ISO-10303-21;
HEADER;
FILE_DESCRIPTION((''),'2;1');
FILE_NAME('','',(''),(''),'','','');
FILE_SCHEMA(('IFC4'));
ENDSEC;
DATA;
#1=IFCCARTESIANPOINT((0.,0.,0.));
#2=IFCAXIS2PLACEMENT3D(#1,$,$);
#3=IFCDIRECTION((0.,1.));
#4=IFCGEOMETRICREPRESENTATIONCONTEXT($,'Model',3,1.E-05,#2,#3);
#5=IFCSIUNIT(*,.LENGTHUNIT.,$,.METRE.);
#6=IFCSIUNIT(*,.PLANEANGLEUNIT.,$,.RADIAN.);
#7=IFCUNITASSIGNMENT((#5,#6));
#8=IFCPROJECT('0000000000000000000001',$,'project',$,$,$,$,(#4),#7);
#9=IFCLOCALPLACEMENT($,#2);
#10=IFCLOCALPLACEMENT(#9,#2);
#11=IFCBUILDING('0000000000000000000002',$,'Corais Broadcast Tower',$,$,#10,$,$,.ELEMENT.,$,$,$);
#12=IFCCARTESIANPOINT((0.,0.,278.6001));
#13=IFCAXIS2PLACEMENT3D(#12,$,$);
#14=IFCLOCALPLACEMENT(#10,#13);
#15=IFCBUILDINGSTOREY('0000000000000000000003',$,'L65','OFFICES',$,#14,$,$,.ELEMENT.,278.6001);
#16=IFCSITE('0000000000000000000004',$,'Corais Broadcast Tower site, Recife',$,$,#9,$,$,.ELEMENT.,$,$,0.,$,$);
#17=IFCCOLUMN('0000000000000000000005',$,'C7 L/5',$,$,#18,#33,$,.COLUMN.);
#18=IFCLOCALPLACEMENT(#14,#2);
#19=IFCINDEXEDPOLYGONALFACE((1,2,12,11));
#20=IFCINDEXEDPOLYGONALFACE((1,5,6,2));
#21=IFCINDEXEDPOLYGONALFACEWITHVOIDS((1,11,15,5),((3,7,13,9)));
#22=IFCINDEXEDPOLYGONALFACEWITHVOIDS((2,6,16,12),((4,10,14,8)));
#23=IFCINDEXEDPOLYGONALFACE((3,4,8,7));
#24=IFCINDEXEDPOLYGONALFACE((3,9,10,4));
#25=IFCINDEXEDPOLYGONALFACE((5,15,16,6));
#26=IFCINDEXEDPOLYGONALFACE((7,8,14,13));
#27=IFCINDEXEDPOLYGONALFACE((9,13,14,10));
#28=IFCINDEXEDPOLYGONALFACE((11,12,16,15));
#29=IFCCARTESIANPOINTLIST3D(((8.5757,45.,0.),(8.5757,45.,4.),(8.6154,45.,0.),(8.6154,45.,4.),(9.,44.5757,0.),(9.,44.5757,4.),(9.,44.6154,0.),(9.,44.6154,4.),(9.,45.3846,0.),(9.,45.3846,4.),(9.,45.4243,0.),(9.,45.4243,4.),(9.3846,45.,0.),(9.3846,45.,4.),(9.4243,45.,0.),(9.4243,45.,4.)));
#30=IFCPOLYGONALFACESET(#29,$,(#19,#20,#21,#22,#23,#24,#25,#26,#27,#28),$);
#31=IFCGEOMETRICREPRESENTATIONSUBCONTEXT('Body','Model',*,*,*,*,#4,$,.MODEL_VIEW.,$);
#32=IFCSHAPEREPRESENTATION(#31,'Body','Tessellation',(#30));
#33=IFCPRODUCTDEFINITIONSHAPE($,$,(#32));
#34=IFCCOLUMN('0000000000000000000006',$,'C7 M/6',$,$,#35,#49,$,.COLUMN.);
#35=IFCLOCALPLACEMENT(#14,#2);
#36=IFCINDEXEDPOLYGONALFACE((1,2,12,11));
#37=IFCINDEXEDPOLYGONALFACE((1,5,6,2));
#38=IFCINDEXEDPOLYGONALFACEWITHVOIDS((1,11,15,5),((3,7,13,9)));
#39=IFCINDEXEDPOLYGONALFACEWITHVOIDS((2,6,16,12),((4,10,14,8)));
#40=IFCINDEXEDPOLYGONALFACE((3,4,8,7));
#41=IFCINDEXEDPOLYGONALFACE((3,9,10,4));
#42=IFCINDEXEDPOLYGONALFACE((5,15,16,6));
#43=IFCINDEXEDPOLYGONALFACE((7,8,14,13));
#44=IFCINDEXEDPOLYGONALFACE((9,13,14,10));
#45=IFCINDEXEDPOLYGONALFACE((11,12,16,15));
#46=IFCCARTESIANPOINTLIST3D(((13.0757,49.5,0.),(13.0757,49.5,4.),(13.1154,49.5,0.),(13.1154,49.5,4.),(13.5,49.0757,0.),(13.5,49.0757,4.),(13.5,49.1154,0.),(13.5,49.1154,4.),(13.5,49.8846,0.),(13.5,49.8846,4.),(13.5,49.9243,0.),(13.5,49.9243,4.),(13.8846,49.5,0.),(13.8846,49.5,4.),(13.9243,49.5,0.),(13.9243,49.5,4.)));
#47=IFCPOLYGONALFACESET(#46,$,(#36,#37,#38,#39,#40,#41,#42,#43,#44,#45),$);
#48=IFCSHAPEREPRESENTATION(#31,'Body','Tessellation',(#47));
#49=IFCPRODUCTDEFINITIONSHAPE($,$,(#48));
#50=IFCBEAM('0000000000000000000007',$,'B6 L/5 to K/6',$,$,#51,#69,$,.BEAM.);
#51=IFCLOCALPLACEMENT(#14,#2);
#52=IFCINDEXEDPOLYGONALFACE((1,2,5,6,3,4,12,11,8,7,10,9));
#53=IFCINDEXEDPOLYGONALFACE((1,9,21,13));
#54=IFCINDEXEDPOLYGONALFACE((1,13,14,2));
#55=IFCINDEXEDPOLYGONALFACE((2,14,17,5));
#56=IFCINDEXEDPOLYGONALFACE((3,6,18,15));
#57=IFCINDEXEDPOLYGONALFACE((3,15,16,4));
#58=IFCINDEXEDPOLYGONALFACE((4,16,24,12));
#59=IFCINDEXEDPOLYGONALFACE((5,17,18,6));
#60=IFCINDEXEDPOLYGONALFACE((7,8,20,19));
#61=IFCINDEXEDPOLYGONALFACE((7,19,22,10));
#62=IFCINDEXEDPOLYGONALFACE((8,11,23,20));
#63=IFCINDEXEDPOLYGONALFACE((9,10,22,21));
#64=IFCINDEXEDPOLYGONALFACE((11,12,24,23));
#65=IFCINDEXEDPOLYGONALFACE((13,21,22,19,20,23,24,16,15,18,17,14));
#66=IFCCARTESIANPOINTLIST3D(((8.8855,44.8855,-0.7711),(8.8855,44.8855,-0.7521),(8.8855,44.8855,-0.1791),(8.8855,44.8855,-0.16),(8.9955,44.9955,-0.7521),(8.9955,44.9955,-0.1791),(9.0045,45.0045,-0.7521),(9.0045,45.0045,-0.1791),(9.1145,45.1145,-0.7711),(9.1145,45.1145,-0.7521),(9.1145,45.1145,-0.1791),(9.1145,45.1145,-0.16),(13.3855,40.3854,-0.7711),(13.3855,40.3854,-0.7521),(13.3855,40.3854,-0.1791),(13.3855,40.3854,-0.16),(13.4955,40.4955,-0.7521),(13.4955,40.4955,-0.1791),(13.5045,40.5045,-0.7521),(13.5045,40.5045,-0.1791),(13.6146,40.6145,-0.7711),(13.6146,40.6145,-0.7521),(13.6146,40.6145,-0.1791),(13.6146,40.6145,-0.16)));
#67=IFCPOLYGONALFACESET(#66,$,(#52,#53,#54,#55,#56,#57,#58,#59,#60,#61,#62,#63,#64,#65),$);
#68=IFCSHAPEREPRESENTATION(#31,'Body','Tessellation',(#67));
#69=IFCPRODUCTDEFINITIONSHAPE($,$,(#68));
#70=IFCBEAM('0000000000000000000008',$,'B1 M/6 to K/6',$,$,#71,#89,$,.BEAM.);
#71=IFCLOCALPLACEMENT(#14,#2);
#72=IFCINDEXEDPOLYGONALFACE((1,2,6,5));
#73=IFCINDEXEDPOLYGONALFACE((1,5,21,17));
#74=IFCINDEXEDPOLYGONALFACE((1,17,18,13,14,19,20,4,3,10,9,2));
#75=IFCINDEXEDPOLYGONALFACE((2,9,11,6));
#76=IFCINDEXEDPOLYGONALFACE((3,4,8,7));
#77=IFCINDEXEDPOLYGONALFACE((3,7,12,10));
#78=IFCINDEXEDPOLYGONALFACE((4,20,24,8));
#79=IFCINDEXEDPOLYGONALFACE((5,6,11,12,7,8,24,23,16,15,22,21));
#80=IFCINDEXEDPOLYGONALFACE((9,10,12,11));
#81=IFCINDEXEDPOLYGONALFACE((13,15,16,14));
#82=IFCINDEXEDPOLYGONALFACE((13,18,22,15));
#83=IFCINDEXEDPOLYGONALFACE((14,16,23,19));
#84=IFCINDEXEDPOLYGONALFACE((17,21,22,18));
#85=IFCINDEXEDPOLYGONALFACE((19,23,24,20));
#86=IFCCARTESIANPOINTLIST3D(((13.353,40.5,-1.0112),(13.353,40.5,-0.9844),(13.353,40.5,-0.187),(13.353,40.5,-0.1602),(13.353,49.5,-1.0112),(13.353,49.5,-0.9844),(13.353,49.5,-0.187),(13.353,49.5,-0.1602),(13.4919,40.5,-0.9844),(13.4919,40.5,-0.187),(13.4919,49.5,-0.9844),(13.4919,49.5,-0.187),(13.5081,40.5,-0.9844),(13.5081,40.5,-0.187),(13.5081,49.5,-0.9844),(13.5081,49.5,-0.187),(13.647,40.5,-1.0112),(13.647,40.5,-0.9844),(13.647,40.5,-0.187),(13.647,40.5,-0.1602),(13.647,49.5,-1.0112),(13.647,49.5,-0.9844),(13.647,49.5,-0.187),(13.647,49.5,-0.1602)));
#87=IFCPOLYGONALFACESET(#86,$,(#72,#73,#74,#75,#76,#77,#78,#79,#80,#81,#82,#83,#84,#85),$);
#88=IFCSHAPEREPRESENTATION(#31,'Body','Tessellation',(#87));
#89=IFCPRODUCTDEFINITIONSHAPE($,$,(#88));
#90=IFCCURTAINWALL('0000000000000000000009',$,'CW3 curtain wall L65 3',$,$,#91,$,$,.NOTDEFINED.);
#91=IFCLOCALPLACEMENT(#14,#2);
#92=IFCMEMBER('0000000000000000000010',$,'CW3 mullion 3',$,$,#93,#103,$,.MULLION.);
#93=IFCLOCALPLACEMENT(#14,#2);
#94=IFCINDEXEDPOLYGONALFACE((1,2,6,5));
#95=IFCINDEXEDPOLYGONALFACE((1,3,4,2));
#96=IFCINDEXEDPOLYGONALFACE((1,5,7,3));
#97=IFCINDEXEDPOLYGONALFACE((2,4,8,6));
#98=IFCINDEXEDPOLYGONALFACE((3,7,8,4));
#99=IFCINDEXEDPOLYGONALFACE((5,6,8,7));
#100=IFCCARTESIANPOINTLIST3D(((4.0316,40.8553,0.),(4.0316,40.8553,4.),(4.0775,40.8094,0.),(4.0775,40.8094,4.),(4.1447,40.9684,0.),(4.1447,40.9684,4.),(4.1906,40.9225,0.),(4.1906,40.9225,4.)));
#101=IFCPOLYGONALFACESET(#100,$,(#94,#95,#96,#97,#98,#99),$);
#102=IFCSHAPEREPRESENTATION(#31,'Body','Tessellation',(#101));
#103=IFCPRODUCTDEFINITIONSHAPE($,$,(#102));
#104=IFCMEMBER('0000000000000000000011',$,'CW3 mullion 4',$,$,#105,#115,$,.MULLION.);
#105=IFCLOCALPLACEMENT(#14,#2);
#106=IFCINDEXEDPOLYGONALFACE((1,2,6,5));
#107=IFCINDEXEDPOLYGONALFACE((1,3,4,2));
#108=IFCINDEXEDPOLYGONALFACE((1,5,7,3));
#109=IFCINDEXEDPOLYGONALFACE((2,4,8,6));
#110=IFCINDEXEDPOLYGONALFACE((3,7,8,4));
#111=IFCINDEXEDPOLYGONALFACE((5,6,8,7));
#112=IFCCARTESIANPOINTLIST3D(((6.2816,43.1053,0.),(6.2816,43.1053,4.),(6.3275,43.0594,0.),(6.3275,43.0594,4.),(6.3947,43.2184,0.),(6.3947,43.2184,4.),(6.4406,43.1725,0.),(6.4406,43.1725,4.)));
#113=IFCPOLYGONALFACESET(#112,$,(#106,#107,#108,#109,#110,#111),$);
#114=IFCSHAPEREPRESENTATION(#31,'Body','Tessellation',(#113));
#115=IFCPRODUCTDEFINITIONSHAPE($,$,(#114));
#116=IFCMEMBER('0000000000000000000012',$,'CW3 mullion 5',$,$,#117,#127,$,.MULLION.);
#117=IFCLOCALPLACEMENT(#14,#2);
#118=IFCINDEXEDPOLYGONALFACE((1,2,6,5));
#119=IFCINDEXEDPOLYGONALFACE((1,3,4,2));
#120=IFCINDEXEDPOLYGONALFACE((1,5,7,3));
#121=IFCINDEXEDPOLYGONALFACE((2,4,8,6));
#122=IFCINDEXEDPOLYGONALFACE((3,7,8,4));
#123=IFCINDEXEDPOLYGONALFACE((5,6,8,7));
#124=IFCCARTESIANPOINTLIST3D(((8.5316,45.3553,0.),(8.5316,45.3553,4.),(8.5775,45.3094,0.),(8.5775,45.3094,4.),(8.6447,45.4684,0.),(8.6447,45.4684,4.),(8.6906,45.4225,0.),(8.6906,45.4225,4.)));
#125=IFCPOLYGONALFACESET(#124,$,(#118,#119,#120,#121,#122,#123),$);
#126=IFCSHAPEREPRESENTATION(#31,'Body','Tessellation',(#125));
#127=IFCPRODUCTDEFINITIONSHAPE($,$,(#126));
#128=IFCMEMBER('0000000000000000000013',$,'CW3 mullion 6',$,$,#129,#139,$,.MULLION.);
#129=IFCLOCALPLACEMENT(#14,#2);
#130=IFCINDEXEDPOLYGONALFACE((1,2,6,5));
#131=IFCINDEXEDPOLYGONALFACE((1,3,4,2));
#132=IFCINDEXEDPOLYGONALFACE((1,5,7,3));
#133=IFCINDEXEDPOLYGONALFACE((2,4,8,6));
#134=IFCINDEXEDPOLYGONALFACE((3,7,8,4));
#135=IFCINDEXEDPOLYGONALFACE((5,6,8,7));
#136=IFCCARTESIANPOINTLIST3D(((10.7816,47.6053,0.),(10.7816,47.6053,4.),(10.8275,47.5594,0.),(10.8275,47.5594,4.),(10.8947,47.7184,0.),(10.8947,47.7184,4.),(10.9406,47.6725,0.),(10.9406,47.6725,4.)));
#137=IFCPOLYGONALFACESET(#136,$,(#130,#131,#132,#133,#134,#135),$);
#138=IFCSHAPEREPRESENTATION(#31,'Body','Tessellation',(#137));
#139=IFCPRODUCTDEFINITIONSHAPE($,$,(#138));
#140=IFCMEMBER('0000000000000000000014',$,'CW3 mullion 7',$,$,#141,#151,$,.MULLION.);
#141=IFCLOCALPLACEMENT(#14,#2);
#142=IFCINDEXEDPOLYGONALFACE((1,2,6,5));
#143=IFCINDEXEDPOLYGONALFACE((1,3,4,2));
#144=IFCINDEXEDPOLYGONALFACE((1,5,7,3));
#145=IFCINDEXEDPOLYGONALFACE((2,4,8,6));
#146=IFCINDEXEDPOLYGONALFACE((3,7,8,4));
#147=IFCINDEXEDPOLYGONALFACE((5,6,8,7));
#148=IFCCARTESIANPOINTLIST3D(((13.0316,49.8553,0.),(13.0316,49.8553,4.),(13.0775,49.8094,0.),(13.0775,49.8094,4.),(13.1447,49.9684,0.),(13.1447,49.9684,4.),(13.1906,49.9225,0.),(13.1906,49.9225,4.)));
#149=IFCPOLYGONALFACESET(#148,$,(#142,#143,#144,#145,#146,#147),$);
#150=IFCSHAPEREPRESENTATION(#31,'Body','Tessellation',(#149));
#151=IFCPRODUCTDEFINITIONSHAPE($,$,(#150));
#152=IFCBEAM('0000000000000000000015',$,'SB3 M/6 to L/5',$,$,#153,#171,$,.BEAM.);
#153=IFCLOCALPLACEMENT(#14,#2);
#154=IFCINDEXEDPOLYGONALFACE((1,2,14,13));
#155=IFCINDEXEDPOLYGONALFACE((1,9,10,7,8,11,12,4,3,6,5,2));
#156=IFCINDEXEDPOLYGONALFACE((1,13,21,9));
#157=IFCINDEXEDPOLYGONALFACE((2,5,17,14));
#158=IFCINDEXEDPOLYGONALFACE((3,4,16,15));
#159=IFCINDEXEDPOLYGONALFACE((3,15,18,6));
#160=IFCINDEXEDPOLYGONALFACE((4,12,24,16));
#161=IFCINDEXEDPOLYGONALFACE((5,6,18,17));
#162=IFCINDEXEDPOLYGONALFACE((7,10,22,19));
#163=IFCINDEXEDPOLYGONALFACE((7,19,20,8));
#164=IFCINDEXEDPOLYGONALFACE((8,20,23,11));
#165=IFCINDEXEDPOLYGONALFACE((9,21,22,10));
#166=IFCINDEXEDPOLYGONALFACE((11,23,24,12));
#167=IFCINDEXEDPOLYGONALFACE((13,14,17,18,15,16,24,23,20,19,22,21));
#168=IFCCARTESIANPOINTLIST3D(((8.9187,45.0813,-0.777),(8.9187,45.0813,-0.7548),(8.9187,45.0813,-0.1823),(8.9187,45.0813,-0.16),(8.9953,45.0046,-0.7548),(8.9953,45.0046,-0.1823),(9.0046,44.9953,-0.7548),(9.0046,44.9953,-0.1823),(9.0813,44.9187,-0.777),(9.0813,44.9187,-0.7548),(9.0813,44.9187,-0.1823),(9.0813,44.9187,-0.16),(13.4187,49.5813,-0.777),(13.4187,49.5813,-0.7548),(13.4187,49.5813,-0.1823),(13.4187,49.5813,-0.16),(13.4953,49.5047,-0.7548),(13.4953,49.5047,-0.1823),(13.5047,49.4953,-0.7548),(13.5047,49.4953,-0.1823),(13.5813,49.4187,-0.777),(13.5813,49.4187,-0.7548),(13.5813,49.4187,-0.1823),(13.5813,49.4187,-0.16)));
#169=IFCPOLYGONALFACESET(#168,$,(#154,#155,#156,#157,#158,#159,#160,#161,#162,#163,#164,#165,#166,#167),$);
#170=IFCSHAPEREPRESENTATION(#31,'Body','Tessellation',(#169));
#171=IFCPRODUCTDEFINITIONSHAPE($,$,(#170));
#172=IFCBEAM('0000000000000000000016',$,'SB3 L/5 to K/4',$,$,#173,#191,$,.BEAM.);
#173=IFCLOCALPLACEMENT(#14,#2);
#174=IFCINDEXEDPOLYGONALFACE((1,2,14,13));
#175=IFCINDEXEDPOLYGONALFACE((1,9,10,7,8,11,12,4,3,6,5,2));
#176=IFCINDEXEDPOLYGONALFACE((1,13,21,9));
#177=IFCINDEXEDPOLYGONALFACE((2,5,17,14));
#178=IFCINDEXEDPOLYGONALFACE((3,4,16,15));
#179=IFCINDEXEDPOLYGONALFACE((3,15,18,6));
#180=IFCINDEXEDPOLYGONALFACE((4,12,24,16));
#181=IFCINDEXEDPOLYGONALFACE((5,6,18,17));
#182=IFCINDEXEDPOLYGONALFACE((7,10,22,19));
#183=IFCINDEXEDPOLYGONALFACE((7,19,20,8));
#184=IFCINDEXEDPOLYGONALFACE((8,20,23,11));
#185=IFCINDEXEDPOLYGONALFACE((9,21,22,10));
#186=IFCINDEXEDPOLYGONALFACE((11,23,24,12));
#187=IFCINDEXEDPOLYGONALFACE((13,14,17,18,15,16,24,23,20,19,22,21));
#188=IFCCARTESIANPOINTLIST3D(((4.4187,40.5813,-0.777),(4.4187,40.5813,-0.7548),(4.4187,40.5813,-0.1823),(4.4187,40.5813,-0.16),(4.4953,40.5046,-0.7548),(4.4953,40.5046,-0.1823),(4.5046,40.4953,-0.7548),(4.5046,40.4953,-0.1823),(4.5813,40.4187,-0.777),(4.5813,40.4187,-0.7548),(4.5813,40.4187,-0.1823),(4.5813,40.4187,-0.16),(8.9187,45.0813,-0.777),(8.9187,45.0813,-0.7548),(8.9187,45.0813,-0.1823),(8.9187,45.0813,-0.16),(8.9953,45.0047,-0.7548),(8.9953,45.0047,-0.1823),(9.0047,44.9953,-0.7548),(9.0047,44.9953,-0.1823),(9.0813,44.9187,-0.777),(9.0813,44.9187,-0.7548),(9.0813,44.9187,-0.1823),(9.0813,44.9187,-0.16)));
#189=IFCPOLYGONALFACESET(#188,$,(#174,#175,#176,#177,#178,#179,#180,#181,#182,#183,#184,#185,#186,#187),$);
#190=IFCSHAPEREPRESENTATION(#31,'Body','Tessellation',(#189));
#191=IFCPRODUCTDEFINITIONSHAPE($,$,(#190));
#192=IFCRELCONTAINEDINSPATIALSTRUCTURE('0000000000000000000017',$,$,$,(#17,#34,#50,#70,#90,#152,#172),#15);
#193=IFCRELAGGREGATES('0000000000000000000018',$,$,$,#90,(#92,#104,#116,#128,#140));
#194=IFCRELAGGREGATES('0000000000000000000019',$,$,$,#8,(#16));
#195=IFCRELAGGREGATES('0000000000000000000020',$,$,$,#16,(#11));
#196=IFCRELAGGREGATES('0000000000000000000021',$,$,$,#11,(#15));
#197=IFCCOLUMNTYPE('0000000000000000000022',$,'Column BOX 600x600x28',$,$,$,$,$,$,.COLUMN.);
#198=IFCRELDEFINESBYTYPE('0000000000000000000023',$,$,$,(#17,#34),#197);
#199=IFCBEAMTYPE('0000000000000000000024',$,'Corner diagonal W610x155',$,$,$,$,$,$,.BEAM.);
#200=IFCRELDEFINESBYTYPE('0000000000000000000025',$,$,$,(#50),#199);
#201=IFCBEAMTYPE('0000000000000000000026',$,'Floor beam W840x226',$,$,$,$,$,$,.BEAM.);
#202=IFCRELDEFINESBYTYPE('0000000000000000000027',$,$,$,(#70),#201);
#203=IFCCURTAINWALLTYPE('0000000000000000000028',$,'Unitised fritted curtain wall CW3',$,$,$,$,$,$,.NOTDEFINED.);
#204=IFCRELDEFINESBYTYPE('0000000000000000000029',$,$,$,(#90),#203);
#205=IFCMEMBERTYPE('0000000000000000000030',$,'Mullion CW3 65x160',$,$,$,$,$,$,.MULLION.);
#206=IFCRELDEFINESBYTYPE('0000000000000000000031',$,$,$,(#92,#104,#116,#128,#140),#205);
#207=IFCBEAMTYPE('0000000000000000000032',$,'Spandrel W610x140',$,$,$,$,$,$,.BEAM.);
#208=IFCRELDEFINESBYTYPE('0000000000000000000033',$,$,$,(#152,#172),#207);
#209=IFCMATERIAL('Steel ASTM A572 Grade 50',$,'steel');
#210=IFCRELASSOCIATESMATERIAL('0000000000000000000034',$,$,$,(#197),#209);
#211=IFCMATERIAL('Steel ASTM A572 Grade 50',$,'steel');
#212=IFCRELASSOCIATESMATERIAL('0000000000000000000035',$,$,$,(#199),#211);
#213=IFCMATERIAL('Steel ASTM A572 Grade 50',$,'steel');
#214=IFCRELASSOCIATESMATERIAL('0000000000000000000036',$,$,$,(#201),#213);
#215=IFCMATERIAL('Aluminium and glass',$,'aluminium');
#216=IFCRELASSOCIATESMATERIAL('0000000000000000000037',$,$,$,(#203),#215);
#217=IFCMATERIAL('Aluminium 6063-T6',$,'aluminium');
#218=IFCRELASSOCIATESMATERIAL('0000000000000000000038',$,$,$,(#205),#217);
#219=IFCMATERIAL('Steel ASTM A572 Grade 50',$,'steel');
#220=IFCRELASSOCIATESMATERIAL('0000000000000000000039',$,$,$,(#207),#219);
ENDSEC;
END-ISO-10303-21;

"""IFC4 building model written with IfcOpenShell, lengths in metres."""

from ifc_helpers import new_model, si_unit, direction, frame, origin, origin_2d, place, context, subcontext, project, spatial, rectangle, hollow_rectangle, i_section, extrude, material, material_profile, profile_set, type_object, element, aggregate, save


model = new_model("IFC4")

# Units and contexts
model_context = context("Model", 3, precision=1e-05, world=origin(), true_north=direction((0.0, 1.0)))
body_context = subcontext(model_context, "Body", "Model", "MODEL_VIEW")
ifc_project = project(units=[si_unit("LENGTHUNIT", "METRE"), si_unit("PLANEANGLEUNIT", "RADIAN")], contexts=[model_context])

# Site, building, storey
site_placement = place(None, origin())
site = spatial("IfcSite", under=ifc_project, at=site_placement, Name="Corais Broadcast Tower site, Recife", CompositionType="ELEMENT", RefElevation=0.0)
building_placement = place(site_placement, origin())
building = spatial("IfcBuilding", under=site, at=building_placement, Name="Corais Broadcast Tower", CompositionType="ELEMENT")
storey_placement = place(building_placement, frame((0.0, 0.0, 278.6001)))
storey = spatial("IfcBuildingStorey", under=building, at=storey_placement, Name="L65", Description="OFFICES", CompositionType="ELEMENT", Elevation=278.6001)

# Columns
ifc_material_1 = material(Name="Steel ASTM A572 Grade 50", Category="steel")
ifc_material_profile_1 = material_profile(ifc_material_1, hollow_rectangle(XDim=0.6001, YDim=0.6001, WallThickness=0.0281, at=origin_2d()), Name="BOX 600x600x28")
ifc_profile_set_1 = profile_set([ifc_material_profile_1], Name="Steel ASTM A572 Grade 50")
column_type = type_object("IfcColumnType", Name="Column BOX 600x600x28", PredefinedType="COLUMN", material=ifc_profile_set_1)
for number, where, z_axis, x_axis, name in (
    (1, (9.0, 45.0, 0.0), (0.0, 0.0, 1.0), (0.707107, 0.707107, 0.0), "C7 L/5"),
    (2, (13.5, 49.5, 0.0), (0.0, 0.0, 1.0), (0.707107, 0.707107, 0.0), "C7 M/6"),
):
    element("IfcColumn", number, at=place(storey_placement, frame(where, z_axis=z_axis, x_axis=x_axis)), inside=storey, type_object=column_type, Name=name, PredefinedType="COLUMN", context=body_context, shape_type="SweptSolid", body=[
        extrude(hollow_rectangle(XDim=0.6001, YDim=0.6001, WallThickness=0.0281, at=origin_2d()), origin(), (0.0, 0.0, 1.0), 4.0),
    ])

# Beams
ifc_material_2 = material(Name="Steel ASTM A572 Grade 50", Category="steel")
ifc_material_profile_2 = material_profile(ifc_material_2, i_section(OverallWidth=0.324, OverallDepth=0.6111, WebThickness=0.0127, FlangeThickness=0.019, at=origin_2d()), Name="W610x155")
ifc_profile_set_2 = profile_set([ifc_material_profile_2], Name="Steel ASTM A572 Grade 50")
beam_type_1 = type_object("IfcBeamType", Name="Corner diagonal W610x155", PredefinedType="BEAM", material=ifc_profile_set_2)
beam_1_placement = place(storey_placement, frame((9.0, 45.0, -0.4656), z_axis=(0.707107, -0.707107, 0.0), x_axis=(0.707107, 0.707107, 0.0)))
element("IfcBeam", 3, at=beam_1_placement, inside=storey, type_object=beam_type_1, Name="B6 L/5 to K/6", PredefinedType="BEAM", context=body_context, shape_type="SweptSolid", body=[
    extrude(i_section(OverallWidth=0.324, OverallDepth=0.6111, WebThickness=0.0127, FlangeThickness=0.019, at=origin_2d()), origin(), (0.0, 0.0, 1.0), 6.364),
])
ifc_material_3 = material(Name="Steel ASTM A572 Grade 50", Category="steel")
ifc_material_profile_3 = material_profile(ifc_material_3, i_section(OverallWidth=0.2939, OverallDepth=0.8511, WebThickness=0.0161, FlangeThickness=0.0269, at=origin_2d()), Name="W840x226")
ifc_profile_set_3 = profile_set([ifc_material_profile_3], Name="Steel ASTM A572 Grade 50")
beam_type_2 = type_object("IfcBeamType", Name="Floor beam W840x226", PredefinedType="BEAM", material=ifc_profile_set_3)
beam_2_placement = place(storey_placement, frame((13.5, 49.5, -0.5857), z_axis=(0.0, -1.0, 0.0), x_axis=(1.0, 0.0, 0.0)))
element("IfcBeam", 4, at=beam_2_placement, inside=storey, type_object=beam_type_2, Name="B1 M/6 to K/6", PredefinedType="BEAM", context=body_context, shape_type="SweptSolid", body=[
    extrude(i_section(OverallWidth=0.2939, OverallDepth=0.8511, WebThickness=0.0161, FlangeThickness=0.0269, at=origin_2d()), origin(), (0.0, 0.0, 1.0), 9.0),
])

# Curtain wall, members
ifc_material_4 = material(Name="Aluminium and glass", Category="aluminium")
curtain_wall_type = type_object("IfcCurtainWallType", Name="Unitised fritted curtain wall CW3", PredefinedType="NOTDEFINED", material=ifc_material_4)
curtain_wall_placement = place(storey_placement, origin())
curtain_wall = element("IfcCurtainWall", 5, at=curtain_wall_placement, inside=storey, type_object=curtain_wall_type, Name="CW3 curtain wall L65 3", PredefinedType="NOTDEFINED")
ifc_material_5 = material(Name="Aluminium 6063-T6", Category="aluminium")
ifc_material_profile_4 = material_profile(ifc_material_5, rectangle(XDim=0.0649, YDim=0.1599, at=origin_2d()), Name="Mullion CW3 65x160")
ifc_profile_set_4 = profile_set([ifc_material_profile_4], Name="Aluminium 6063-T6")
member_type_1 = type_object("IfcMemberType", Name="Mullion CW3 65x160", PredefinedType="MULLION", material=ifc_profile_set_4)
member_1_placement = place(storey_placement, frame((4.1111, 40.8889, 0.0), z_axis=(0.0, 0.0, 1.0), x_axis=(-0.707107, 0.707107, 0.0)))
member_1 = element("IfcMember", 6, at=member_1_placement, type_object=member_type_1, Name="CW3 mullion 3", PredefinedType="MULLION", context=body_context, shape_type="SweptSolid", body=[
    extrude(rectangle(XDim=0.0649, YDim=0.1599, at=origin_2d()), origin(), (0.0, 0.0, 1.0), 4.0),
])
member_2_placement = place(storey_placement, frame((6.3611, 43.1389, 0.0), z_axis=(0.0, 0.0, 1.0), x_axis=(-0.707107, 0.707107, 0.0)))
member_2 = element("IfcMember", 7, at=member_2_placement, type_object=member_type_1, Name="CW3 mullion 4", PredefinedType="MULLION", context=body_context, shape_type="SweptSolid", body=[
    extrude(rectangle(XDim=0.0649, YDim=0.1599, at=origin_2d()), origin(), (0.0, 0.0, 1.0), 4.0),
])
member_3_placement = place(storey_placement, frame((8.6111, 45.3889, 0.0), z_axis=(0.0, 0.0, 1.0), x_axis=(-0.707107, 0.707107, 0.0)))
member_3 = element("IfcMember", 8, at=member_3_placement, type_object=member_type_1, Name="CW3 mullion 5", PredefinedType="MULLION", context=body_context, shape_type="SweptSolid", body=[
    extrude(rectangle(XDim=0.0649, YDim=0.1599, at=origin_2d()), origin(), (0.0, 0.0, 1.0), 4.0),
])
member_4_placement = place(storey_placement, frame((10.8611, 47.6389, 0.0), z_axis=(0.0, 0.0, 1.0), x_axis=(-0.707107, 0.707107, 0.0)))
member_4 = element("IfcMember", 9, at=member_4_placement, type_object=member_type_1, Name="CW3 mullion 6", PredefinedType="MULLION", context=body_context, shape_type="SweptSolid", body=[
    extrude(rectangle(XDim=0.0649, YDim=0.1599, at=origin_2d()), origin(), (0.0, 0.0, 1.0), 4.0),
])
member_5_placement = place(storey_placement, frame((13.1111, 49.8889, 0.0), z_axis=(0.0, 0.0, 1.0), x_axis=(-0.707107, 0.707107, 0.0)))
member_5 = element("IfcMember", 10, at=member_5_placement, type_object=member_type_1, Name="CW3 mullion 7", PredefinedType="MULLION", context=body_context, shape_type="SweptSolid", body=[
    extrude(rectangle(XDim=0.0649, YDim=0.1599, at=origin_2d()), origin(), (0.0, 0.0, 1.0), 4.0),
])

# Beams
ifc_material_6 = material(Name="Steel ASTM A572 Grade 50", Category="steel")
ifc_material_profile_5 = material_profile(ifc_material_6, i_section(OverallWidth=0.23, OverallDepth=0.6169, WebThickness=0.0132, FlangeThickness=0.0222, at=origin_2d()), Name="W610x140")
ifc_profile_set_5 = profile_set([ifc_material_profile_5], Name="Steel ASTM A572 Grade 50")
beam_type_3 = type_object("IfcBeamType", Name="Spandrel W610x140", PredefinedType="BEAM", material=ifc_profile_set_5)
for number, where, z_axis, x_axis, name in (
    (11, (13.5, 49.5, -0.4685), (-0.707107, -0.707107, 0.0), (0.707107, -0.707107, 0.0), "SB3 M/6 to L/5"),
    (12, (9.0, 45.0, -0.4685), (-0.707107, -0.707107, 0.0), (0.707107, -0.707107, 0.0), "SB3 L/5 to K/4"),
):
    element("IfcBeam", number, at=place(storey_placement, frame(where, z_axis=z_axis, x_axis=x_axis)), inside=storey, type_object=beam_type_3, Name=name, PredefinedType="BEAM", context=body_context, shape_type="SweptSolid", body=[
        extrude(i_section(OverallWidth=0.23, OverallDepth=0.6169, WebThickness=0.0132, FlangeThickness=0.0222, at=origin_2d()), origin(), (0.0, 0.0, 1.0), 6.364),
    ])

aggregate(curtain_wall, [member_1, member_2, member_3, member_4, member_5])

save(model, "model.ifc")
